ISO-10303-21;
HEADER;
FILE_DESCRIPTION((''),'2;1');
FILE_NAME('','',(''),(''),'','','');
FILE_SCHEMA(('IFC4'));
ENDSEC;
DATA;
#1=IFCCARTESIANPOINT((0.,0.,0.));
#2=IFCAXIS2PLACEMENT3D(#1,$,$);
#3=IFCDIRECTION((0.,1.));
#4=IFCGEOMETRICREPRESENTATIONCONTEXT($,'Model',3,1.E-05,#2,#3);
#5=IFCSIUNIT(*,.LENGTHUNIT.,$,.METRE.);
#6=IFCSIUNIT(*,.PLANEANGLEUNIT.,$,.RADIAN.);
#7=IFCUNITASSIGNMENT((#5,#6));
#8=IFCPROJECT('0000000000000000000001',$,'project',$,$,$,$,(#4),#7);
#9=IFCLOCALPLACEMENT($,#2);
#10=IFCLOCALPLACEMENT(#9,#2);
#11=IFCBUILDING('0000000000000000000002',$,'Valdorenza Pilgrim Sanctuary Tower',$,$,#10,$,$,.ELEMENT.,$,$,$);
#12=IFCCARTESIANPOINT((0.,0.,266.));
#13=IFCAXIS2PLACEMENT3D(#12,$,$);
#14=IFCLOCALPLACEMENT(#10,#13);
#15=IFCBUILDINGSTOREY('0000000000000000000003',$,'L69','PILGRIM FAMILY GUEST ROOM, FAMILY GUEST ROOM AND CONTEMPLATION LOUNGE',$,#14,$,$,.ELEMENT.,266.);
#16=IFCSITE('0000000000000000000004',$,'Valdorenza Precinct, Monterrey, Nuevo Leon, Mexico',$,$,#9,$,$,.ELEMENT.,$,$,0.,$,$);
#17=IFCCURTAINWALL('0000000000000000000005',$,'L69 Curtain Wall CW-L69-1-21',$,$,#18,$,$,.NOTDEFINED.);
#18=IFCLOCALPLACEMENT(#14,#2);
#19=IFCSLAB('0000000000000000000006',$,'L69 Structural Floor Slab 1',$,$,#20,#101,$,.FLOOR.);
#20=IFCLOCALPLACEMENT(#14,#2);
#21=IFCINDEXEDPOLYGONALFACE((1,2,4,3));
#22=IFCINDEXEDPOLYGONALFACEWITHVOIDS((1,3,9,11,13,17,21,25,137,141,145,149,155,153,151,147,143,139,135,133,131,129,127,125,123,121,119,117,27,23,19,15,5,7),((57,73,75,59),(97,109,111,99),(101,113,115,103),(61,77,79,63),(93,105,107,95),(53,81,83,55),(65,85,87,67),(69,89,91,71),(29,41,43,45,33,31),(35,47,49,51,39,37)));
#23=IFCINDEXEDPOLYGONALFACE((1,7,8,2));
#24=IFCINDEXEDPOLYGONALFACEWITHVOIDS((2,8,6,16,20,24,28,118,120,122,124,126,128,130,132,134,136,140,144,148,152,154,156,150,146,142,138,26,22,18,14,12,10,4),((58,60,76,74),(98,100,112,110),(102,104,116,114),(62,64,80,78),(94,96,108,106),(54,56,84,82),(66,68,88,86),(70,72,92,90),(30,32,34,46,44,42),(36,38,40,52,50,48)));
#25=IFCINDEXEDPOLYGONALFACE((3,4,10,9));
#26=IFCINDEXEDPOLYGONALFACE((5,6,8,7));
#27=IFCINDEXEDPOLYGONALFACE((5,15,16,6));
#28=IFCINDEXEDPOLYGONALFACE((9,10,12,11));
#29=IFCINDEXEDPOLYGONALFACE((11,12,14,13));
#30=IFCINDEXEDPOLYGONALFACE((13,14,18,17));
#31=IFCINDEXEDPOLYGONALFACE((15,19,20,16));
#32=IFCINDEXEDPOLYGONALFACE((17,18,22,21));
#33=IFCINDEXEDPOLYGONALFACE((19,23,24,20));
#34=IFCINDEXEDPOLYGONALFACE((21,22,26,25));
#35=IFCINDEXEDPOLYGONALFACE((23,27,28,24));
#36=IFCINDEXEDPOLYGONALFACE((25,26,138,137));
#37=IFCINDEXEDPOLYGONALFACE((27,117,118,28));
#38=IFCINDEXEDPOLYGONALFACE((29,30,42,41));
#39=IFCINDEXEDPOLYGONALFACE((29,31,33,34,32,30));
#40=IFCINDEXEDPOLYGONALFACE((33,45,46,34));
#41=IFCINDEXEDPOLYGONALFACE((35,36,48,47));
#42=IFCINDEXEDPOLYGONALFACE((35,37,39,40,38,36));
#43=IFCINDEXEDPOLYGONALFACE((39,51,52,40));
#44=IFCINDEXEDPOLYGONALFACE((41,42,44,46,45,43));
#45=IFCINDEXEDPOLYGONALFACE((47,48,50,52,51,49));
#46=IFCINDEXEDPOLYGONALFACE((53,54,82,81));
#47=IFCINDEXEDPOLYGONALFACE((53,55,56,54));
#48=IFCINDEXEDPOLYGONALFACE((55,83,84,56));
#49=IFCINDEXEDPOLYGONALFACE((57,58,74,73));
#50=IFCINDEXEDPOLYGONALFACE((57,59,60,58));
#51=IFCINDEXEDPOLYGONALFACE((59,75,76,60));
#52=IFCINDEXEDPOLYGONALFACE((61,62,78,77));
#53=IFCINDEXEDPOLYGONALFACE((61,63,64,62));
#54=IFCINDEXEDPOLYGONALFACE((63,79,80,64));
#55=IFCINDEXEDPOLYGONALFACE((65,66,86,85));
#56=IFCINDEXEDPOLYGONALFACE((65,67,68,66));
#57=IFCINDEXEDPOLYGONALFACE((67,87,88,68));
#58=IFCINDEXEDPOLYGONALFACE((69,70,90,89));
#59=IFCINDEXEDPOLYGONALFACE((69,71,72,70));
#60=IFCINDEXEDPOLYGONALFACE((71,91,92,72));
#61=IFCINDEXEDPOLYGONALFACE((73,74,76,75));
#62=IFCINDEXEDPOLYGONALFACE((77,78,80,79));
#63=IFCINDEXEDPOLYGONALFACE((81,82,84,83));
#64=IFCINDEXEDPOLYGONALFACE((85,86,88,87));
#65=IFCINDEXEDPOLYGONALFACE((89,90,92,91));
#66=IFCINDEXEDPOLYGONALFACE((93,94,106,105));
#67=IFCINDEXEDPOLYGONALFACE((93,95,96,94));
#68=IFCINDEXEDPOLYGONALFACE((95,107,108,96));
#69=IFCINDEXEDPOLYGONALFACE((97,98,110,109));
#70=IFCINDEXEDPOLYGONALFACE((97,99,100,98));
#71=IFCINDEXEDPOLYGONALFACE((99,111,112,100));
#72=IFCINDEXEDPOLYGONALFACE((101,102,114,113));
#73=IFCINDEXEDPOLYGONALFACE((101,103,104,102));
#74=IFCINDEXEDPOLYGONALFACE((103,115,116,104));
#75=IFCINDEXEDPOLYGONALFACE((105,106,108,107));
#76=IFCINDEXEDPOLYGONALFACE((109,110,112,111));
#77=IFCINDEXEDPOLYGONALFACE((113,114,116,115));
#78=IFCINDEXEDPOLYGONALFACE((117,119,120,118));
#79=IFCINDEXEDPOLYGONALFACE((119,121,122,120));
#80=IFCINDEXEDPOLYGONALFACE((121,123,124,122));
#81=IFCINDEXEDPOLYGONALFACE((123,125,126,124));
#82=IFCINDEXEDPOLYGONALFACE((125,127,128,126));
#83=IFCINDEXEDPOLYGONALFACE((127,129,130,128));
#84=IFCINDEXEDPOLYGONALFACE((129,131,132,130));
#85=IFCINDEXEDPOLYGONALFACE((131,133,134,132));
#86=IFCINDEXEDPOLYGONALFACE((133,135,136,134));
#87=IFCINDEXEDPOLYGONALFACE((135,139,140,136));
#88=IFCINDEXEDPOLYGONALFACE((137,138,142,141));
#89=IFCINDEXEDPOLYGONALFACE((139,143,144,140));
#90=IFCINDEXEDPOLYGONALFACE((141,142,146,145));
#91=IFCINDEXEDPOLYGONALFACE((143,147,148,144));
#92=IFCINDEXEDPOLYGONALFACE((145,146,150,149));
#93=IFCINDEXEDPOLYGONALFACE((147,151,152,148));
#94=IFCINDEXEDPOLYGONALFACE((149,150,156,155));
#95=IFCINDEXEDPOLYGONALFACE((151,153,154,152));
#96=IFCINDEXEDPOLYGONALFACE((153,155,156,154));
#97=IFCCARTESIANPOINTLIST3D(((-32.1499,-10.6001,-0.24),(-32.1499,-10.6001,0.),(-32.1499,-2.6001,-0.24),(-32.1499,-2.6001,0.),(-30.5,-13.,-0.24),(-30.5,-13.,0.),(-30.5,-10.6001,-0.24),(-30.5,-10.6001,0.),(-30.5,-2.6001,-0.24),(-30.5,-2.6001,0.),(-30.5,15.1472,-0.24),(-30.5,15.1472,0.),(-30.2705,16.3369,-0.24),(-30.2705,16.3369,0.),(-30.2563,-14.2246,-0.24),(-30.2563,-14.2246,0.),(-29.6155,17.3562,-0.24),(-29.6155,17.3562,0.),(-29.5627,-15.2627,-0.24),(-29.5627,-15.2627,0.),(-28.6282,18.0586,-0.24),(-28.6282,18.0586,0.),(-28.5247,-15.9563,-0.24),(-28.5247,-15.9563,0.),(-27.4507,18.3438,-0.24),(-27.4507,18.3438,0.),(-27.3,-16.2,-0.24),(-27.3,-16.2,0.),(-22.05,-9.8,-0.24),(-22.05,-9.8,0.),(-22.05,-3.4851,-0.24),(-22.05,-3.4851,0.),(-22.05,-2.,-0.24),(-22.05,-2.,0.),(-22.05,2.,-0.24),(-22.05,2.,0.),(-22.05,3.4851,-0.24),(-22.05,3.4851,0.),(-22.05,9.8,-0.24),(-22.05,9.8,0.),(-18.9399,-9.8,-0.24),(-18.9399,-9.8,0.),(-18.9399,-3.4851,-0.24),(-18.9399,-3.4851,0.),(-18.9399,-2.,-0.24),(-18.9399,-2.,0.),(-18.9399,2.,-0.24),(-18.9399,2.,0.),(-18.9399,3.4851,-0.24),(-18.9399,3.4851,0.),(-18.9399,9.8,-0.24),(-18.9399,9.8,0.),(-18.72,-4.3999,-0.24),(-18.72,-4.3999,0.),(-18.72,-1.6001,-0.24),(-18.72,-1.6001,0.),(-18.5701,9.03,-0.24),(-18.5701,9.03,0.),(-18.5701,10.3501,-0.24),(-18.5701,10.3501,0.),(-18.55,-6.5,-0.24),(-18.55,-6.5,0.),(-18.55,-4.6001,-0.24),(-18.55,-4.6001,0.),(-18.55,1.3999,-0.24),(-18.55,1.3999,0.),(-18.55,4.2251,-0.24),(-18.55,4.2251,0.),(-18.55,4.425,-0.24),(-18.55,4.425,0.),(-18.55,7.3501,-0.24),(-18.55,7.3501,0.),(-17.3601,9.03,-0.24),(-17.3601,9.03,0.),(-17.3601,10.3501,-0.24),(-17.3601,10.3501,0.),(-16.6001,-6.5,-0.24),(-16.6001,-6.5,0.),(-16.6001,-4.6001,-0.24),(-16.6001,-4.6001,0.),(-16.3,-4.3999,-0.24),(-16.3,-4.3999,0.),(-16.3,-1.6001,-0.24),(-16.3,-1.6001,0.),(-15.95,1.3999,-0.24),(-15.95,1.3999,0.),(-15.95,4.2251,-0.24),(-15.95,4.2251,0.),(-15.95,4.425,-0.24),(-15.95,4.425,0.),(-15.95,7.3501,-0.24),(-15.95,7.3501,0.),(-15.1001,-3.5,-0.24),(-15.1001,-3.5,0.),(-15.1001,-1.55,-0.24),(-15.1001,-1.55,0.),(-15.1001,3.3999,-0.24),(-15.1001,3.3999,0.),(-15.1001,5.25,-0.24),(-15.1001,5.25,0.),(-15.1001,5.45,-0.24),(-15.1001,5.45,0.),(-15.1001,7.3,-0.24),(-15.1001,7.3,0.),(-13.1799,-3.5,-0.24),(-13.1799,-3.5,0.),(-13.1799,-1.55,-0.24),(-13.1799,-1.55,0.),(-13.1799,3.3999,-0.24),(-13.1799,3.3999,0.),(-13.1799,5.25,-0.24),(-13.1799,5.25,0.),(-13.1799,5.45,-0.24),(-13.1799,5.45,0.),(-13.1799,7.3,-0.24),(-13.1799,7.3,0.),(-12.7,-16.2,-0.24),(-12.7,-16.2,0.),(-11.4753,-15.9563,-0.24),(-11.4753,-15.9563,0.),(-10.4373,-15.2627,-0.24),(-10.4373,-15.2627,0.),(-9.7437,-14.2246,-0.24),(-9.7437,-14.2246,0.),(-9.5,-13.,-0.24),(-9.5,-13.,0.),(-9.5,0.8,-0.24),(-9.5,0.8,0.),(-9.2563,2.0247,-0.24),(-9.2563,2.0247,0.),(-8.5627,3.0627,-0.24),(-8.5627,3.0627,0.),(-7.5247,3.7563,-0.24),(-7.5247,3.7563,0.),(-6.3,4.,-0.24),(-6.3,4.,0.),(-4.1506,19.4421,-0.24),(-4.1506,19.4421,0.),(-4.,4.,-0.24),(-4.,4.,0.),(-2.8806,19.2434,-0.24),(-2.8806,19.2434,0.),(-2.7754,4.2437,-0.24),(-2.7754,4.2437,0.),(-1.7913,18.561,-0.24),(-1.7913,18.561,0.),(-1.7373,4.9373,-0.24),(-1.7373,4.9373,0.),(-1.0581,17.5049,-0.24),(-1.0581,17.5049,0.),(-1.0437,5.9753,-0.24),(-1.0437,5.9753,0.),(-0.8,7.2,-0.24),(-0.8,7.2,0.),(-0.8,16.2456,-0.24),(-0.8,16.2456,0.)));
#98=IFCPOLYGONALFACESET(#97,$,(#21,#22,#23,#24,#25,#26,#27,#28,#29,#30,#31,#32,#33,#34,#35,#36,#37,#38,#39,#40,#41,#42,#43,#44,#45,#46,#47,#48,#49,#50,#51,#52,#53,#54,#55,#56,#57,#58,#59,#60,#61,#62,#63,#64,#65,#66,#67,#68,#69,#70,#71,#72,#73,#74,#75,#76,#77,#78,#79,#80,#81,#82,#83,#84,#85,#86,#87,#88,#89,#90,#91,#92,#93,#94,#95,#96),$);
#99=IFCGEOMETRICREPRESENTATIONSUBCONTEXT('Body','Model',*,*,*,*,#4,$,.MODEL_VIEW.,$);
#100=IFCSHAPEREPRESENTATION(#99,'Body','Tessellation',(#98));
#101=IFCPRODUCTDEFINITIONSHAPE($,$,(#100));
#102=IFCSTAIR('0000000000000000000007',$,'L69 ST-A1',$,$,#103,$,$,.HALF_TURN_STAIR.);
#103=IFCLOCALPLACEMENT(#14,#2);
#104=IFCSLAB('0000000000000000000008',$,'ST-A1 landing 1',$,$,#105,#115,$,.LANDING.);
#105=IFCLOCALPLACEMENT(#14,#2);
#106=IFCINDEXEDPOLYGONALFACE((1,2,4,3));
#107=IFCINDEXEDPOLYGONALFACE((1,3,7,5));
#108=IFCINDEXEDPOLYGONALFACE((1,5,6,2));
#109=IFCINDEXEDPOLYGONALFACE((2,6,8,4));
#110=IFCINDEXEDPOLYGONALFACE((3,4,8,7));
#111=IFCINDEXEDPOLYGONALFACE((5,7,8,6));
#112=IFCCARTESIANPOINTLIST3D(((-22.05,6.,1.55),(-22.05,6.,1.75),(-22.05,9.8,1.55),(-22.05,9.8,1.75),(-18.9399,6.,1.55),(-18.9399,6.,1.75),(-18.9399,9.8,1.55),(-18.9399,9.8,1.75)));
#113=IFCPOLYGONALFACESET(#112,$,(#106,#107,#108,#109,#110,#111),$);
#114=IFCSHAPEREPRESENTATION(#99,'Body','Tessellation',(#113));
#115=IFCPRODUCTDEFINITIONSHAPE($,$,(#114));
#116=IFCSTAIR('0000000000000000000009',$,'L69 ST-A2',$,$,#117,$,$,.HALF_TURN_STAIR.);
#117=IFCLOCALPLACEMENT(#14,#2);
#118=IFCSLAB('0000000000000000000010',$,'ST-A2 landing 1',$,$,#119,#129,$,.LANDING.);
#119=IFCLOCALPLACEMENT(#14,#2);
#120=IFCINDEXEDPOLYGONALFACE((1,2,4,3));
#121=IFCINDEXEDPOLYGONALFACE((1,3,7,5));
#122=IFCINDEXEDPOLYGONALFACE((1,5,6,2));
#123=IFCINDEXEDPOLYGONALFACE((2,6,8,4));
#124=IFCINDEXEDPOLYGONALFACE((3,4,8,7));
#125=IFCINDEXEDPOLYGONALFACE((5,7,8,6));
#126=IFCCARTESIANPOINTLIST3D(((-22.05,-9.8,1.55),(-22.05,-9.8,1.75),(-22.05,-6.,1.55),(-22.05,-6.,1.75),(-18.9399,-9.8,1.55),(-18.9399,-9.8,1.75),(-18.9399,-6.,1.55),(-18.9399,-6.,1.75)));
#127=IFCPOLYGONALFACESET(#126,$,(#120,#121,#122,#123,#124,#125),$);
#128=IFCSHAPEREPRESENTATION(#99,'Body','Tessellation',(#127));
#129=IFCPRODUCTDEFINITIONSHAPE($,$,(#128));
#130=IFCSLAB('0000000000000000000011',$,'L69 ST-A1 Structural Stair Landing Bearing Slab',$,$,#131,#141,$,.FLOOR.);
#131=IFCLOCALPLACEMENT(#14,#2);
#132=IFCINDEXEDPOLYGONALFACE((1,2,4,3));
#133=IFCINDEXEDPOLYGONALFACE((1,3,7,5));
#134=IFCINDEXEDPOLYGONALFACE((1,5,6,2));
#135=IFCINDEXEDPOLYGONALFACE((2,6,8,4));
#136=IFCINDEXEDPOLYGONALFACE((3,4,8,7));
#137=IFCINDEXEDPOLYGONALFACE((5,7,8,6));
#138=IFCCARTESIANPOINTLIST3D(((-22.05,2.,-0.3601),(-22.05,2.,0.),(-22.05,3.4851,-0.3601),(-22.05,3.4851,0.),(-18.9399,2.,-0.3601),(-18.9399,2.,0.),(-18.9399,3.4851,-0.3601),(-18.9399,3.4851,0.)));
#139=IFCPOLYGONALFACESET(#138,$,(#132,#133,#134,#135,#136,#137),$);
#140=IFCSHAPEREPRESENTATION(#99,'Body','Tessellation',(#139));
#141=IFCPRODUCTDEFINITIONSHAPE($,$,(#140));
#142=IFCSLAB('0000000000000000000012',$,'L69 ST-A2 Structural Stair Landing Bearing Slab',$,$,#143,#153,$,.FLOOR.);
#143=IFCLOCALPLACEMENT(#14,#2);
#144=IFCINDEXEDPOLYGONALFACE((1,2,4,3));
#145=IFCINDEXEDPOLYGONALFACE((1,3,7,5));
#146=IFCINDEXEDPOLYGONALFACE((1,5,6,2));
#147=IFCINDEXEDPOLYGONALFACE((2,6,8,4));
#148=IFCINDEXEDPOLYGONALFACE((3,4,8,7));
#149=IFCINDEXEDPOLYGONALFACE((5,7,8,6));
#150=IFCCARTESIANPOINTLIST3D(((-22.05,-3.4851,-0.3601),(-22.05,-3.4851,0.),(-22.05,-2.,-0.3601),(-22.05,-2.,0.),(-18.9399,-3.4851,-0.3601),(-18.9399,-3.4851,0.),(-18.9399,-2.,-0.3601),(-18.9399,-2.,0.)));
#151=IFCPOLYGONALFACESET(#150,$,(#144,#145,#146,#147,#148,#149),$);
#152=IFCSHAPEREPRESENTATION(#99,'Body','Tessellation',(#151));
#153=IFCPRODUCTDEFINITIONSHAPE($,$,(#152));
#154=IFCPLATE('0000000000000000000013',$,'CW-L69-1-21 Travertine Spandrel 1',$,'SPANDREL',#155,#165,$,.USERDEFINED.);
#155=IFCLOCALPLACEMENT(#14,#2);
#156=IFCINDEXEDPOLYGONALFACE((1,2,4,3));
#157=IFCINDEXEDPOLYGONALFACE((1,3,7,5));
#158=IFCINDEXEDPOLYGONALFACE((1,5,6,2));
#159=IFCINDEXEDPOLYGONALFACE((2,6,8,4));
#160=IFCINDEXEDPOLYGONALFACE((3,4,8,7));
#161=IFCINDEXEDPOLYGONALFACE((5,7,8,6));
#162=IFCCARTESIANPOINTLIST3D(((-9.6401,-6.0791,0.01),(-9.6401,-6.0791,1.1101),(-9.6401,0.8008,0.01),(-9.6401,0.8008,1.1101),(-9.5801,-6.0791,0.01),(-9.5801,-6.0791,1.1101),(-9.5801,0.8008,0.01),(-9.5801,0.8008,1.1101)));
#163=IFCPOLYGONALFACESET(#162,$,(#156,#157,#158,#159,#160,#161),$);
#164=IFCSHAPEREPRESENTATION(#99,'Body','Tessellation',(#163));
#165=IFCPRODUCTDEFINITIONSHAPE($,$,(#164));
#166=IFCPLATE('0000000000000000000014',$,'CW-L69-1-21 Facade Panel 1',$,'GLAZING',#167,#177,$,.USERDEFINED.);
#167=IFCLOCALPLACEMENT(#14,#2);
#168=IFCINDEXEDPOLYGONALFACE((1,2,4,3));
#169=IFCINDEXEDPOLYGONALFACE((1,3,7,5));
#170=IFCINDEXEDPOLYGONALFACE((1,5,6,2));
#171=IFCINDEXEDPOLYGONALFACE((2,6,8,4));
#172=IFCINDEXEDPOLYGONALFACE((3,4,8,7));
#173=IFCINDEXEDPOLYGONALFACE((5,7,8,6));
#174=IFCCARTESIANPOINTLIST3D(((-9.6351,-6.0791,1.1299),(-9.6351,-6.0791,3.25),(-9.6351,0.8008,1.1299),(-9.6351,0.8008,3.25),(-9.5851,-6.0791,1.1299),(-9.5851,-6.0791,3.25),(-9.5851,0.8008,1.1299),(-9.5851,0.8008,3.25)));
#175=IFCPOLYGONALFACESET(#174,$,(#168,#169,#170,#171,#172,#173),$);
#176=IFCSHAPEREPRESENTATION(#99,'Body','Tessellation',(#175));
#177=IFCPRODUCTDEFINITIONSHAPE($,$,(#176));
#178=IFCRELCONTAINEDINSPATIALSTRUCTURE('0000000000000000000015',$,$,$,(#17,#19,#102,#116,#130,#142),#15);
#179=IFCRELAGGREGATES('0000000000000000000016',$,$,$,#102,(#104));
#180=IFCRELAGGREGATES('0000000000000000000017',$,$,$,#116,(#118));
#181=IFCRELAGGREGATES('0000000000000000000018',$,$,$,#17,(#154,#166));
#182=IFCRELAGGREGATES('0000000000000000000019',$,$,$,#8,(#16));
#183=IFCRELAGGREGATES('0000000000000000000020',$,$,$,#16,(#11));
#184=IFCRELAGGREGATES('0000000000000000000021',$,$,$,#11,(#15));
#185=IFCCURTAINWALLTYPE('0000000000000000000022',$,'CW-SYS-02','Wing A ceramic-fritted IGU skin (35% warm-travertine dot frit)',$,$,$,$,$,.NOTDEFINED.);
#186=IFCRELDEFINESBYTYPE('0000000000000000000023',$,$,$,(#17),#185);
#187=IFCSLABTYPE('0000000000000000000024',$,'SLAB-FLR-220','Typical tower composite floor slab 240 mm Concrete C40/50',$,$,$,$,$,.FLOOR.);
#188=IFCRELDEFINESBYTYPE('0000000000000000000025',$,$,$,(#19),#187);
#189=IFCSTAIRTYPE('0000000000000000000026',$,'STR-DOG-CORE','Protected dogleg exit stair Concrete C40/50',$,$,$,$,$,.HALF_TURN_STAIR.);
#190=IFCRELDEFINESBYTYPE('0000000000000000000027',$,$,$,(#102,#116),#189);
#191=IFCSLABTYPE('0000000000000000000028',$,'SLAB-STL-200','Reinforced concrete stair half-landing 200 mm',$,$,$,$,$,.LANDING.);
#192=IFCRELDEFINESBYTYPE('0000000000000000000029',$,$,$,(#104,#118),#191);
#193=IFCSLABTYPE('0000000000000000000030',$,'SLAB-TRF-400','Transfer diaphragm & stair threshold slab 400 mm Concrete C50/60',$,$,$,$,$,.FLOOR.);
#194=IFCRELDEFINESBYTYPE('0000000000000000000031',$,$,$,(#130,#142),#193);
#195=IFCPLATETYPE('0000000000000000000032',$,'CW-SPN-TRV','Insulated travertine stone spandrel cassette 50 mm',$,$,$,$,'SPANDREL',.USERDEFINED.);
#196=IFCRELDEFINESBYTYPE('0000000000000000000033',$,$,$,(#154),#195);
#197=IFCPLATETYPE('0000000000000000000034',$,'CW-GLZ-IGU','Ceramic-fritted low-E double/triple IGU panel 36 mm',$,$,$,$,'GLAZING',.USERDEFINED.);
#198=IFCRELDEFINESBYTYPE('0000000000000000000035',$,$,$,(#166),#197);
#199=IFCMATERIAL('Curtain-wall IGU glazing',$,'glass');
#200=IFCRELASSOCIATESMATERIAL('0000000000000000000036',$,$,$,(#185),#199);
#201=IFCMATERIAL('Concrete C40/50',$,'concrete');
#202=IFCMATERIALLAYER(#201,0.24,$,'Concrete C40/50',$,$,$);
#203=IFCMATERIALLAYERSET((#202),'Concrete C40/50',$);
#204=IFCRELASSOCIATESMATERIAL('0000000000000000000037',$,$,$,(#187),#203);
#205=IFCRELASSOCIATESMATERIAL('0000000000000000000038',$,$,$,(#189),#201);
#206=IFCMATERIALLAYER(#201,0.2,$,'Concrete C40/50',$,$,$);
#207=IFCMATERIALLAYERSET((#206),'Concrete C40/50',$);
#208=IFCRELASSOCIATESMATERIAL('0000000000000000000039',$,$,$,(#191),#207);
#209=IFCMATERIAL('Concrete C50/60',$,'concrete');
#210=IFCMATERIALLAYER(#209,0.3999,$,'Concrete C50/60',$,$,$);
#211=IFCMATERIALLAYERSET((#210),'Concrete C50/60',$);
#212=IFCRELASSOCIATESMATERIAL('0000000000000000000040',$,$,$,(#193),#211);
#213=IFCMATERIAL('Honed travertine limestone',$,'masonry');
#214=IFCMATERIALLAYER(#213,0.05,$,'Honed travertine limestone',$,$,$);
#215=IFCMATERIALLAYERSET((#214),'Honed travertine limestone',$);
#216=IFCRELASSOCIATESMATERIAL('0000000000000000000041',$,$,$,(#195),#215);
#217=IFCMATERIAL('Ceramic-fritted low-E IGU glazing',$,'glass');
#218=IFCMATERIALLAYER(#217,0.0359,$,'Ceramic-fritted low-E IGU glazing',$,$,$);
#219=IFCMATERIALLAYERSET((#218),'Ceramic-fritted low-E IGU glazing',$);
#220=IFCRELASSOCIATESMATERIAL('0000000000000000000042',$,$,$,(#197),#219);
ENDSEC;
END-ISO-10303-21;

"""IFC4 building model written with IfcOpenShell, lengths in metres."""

from ifc_helpers import new_model, si_unit, direction, frame, origin, origin_2d, place, context, subcontext, project, spatial, polyline, rectangle, outline, extrude, source, transform, mapped, material, layer, layer_set, type_object, element, aggregate, save


model = new_model("IFC4")

# Units and contexts
model_context = context("Model", 3, precision=1e-05, world=origin(), true_north=direction((0.0, 1.0)))
body_context = subcontext(model_context, "Body", "Model", "MODEL_VIEW")
ifc_project = project(units=[si_unit("LENGTHUNIT", "METRE"), si_unit("PLANEANGLEUNIT", "RADIAN")], contexts=[model_context])

# Site, building, storey
site_placement = place(None, origin())
site = spatial("IfcSite", under=ifc_project, at=site_placement, Name="Valdorenza Precinct, Monterrey, Nuevo Leon, Mexico", CompositionType="ELEMENT", RefElevation=0.0)
building_placement = place(site_placement, origin())
building = spatial("IfcBuilding", under=site, at=building_placement, Name="Valdorenza Pilgrim Sanctuary Tower", CompositionType="ELEMENT")
storey_placement = place(building_placement, frame((0.0, 0.0, 266.0)))
storey = spatial("IfcBuildingStorey", under=building, at=storey_placement, Name="L69", Description="PILGRIM FAMILY GUEST ROOM, FAMILY GUEST ROOM AND CONTEMPLATION LOUNGE", CompositionType="ELEMENT", Elevation=266.0)

# Shared definitions
ifc_material_1 = material(Name="Concrete C50/60", Category="concrete")

# Curtain wall
ifc_material_2 = material(Name="Curtain-wall IGU glazing", Category="glass")
curtain_wall_type = type_object("IfcCurtainWallType", Name="CW-SYS-02", Description="Wing A ceramic-fritted IGU skin (35% warm-travertine dot frit)", PredefinedType="NOTDEFINED", material=ifc_material_2)
curtain_wall_placement = place(storey_placement, origin())
curtain_wall = element("IfcCurtainWall", 1, at=curtain_wall_placement, inside=storey, type_object=curtain_wall_type, Name="L69 Curtain Wall CW-L69-1-21", PredefinedType="NOTDEFINED")

# Slab
ifc_material_3 = material(Name="Concrete C40/50", Category="concrete")
ifc_layer_1 = layer(ifc_material_3, 0.24, Name="Concrete C40/50")
ifc_layer_set_1 = layer_set([ifc_layer_1], Name="Concrete C40/50")
slab_type_1 = type_object("IfcSlabType", Name="SLAB-FLR-220", Description="Typical tower composite floor slab 240 mm Concrete C40/50", PredefinedType="FLOOR", material=ifc_layer_set_1)
slab_1_placement = place(storey_placement, frame((0.0, 0.0, -0.24)))
element("IfcSlab", 2, at=slab_1_placement, inside=storey, type_object=slab_type_1, Name="L69 Structural Floor Slab 1", PredefinedType="FLOOR", context=body_context, shape_type="SweptSolid", body=[
    extrude(outline(polyline([(-32.1499, -2.6001), (-30.5, -2.6001), (-30.5, 15.1472), (-30.2705, 16.3369), (-29.6155, 17.3562), (-28.6282, 18.0586), (-27.4507, 18.3438), (-4.1506, 19.4421), (-2.8806, 19.2434), (-1.7913, 18.561), (-1.0581, 17.5049), (-0.8, 16.2456), (-0.8, 7.2), (-1.0437, 5.9753), (-1.7373, 4.9373), (-2.7754, 4.2437), (-4.0, 4.0), (-6.3, 4.0), (-7.5247, 3.7563), (-8.5627, 3.0627), (-9.2563, 2.0247), (-9.5, 0.8), (-9.5, -13.0), (-9.7437, -14.2246), (-10.4373, -15.2627), (-11.4753, -15.9563), (-12.7, -16.2), (-27.3, -16.2), (-28.5247, -15.9563), (-29.5627, -15.2627), (-30.2563, -14.2246), (-30.5, -13.0), (-30.5, -10.6001), (-32.1499, -10.6001), (-32.1499, -2.6001)]), holes=[polyline([(-22.05, -9.8), (-18.9399, -9.8), (-18.9399, -3.4851), (-18.9399, -2.0), (-22.05, -2.0), (-22.05, -3.4851), (-22.05, -9.8)]), polyline([(-16.6001, -6.5), (-16.6001, -4.6001), (-18.55, -4.6001), (-18.55, -6.5), (-16.6001, -6.5)]), polyline([(-22.05, 2.0), (-18.9399, 2.0), (-18.9399, 3.4851), (-18.9399, 9.8), (-22.05, 9.8), (-22.05, 3.4851), (-22.05, 2.0)]), polyline([(-17.3601, 9.03), (-17.3601, 10.3501), (-18.5701, 10.3501), (-18.5701, 9.03), (-17.3601, 9.03)]), polyline([(-16.3, -1.6001), (-18.72, -1.6001), (-18.72, -4.3999), (-16.3, -4.3999), (-16.3, -1.6001)]), polyline([(-13.1799, -3.5), (-13.1799, -1.55), (-15.1001, -1.55), (-15.1001, -3.5), (-13.1799, -3.5)]), polyline([(-15.95, 1.3999), (-15.95, 4.2251), (-18.55, 4.2251), (-18.55, 1.3999), (-15.95, 1.3999)]), polyline([(-13.1799, 5.25), (-15.1001, 5.25), (-15.1001, 3.3999), (-13.1799, 3.3999), (-13.1799, 5.25)]), polyline([(-15.95, 4.425), (-15.95, 7.3501), (-18.55, 7.3501), (-18.55, 4.425), (-15.95, 4.425)]), polyline([(-13.1799, 5.45), (-13.1799, 7.3), (-15.1001, 7.3), (-15.1001, 5.45), (-13.1799, 5.45)])]), origin(), (0.0, 0.0, 1.0), 0.24),
])

# Stairs, slabs
stair_type = type_object("IfcStairType", Name="STR-DOG-CORE", Description="Protected dogleg exit stair Concrete C40/50", PredefinedType="HALF_TURN_STAIR", material=ifc_material_3)
stair_1_placement = place(storey_placement, origin())
stair_1 = element("IfcStair", 3, at=stair_1_placement, inside=storey, type_object=stair_type, Name="L69 ST-A1", PredefinedType="HALF_TURN_STAIR")
ifc_layer_2 = layer(ifc_material_3, 0.2, Name="Concrete C40/50")
ifc_layer_set_2 = layer_set([ifc_layer_2], Name="Concrete C40/50")
slab_type_2 = type_object("IfcSlabType", Name="SLAB-STL-200", Description="Reinforced concrete stair half-landing 200 mm", PredefinedType="LANDING", material=ifc_layer_set_2)
slab_2_placement = place(storey_placement, frame((0.0, 0.0, 1.55)))
slab_2 = element("IfcSlab", 4, at=slab_2_placement, type_object=slab_type_2, Name="ST-A1 landing 1", PredefinedType="LANDING", context=body_context, shape_type="SweptSolid", body=[
    extrude(outline(polyline([(-18.9399, 6.0), (-18.9399, 9.8), (-22.05, 9.8), (-22.05, 6.0), (-18.9399, 6.0)])), origin(), (0.0, 0.0, 1.0), 0.2),
])
aggregate(stair_1, [slab_2])
stair_2_placement = place(storey_placement, origin())
stair_2 = element("IfcStair", 5, at=stair_2_placement, inside=storey, type_object=stair_type, Name="L69 ST-A2", PredefinedType="HALF_TURN_STAIR")
slab_3_placement = place(storey_placement, frame((0.0, 0.0, 1.55)))
slab_3 = element("IfcSlab", 6, at=slab_3_placement, type_object=slab_type_2, Name="ST-A2 landing 1", PredefinedType="LANDING", context=body_context, shape_type="SweptSolid", body=[
    extrude(outline(polyline([(-22.05, -6.0), (-22.05, -9.8), (-18.9399, -9.8), (-18.9399, -6.0), (-22.05, -6.0)])), origin(), (0.0, 0.0, 1.0), 0.2),
])
aggregate(stair_2, [slab_3])

# Slabs
ifc_layer_3 = layer(ifc_material_1, 0.3999, Name="Concrete C50/60")
ifc_layer_set_3 = layer_set([ifc_layer_3], Name="Concrete C50/60")
slab_type_3 = type_object("IfcSlabType", Name="SLAB-TRF-400", Description="Transfer diaphragm & stair threshold slab 400 mm Concrete C50/60", PredefinedType="FLOOR", material=ifc_layer_set_3)
slab_4_placement = place(storey_placement, frame((0.0, 0.0, -0.3601)))
element("IfcSlab", 7, at=slab_4_placement, inside=storey, type_object=slab_type_3, Name="L69 ST-A1 Structural Stair Landing Bearing Slab", PredefinedType="FLOOR", context=body_context, shape_type="SweptSolid", body=[
    extrude(outline(polyline([(-22.05, 2.0), (-18.9399, 2.0), (-18.9399, 3.4851), (-22.05, 3.4851), (-22.05, 2.0)])), origin(), (0.0, 0.0, 1.0), 0.3601),
])
slab_5_placement = place(storey_placement, frame((0.0, 0.0, -0.3601)))
element("IfcSlab", 8, at=slab_5_placement, inside=storey, type_object=slab_type_3, Name="L69 ST-A2 Structural Stair Landing Bearing Slab", PredefinedType="FLOOR", context=body_context, shape_type="SweptSolid", body=[
    extrude(outline(polyline([(-22.05, -3.4851), (-18.9399, -3.4851), (-18.9399, -2.0), (-22.05, -2.0), (-22.05, -3.4851)])), origin(), (0.0, 0.0, 1.0), 0.3601),
])

# Plates
ifc_material_4 = material(Name="Honed travertine limestone", Category="masonry")
ifc_layer_4 = layer(ifc_material_4, 0.05, Name="Honed travertine limestone")
ifc_layer_set_4 = layer_set([ifc_layer_4], Name="Honed travertine limestone")
plate_type_1 = type_object("IfcPlateType", Name="CW-SPN-TRV", Description="Insulated travertine stone spandrel cassette 50 mm", ElementType="SPANDREL", PredefinedType="USERDEFINED", material=ifc_layer_set_4)
shared_shape_1 = source(origin(), body_context, "Body", "SweptSolid", [
    extrude(rectangle(XDim=6.8799, YDim=0.0601, at=origin_2d()), origin(), (0.0, 0.0, 1.0), 1.1001),
])
plate_1_placement = place(storey_placement, frame((-9.6101, -2.6392, 0.01), z_axis=(0.0, 0.0, 1.0), x_axis=(0.0, -1.0, 0.0)))
plate_1 = element("IfcPlate", 9, at=plate_1_placement, type_object=plate_type_1, Name="CW-L69-1-21 Travertine Spandrel 1", ObjectType="SPANDREL", PredefinedType="USERDEFINED", context=body_context, shape_type="MappedRepresentation", body=[
    mapped(shared_shape_1, transform((0.0, 0.0, 0.0), x_axis=(1.0, 0.0, 0.0), y_axis=(0.0, 1.0, 0.0), z_axis=(0.0, 0.0, 1.0), scale=1.0)),
])
ifc_material_5 = material(Name="Ceramic-fritted low-E IGU glazing", Category="glass")
ifc_layer_5 = layer(ifc_material_5, 0.0359, Name="Ceramic-fritted low-E IGU glazing")
ifc_layer_set_5 = layer_set([ifc_layer_5], Name="Ceramic-fritted low-E IGU glazing")
plate_type_2 = type_object("IfcPlateType", Name="CW-GLZ-IGU", Description="Ceramic-fritted low-E double/triple IGU panel 36 mm", ElementType="GLAZING", PredefinedType="USERDEFINED", material=ifc_layer_set_5)
shared_shape_2 = source(origin(), body_context, "Body", "SweptSolid", [
    extrude(rectangle(XDim=6.8799, YDim=0.05, at=origin_2d()), origin(), (0.0, 0.0, 1.0), 2.1201),
])
plate_2_placement = place(storey_placement, frame((-9.6101, -2.6392, 1.1299), z_axis=(0.0, 0.0, 1.0), x_axis=(0.0, -1.0, 0.0)))
plate_2 = element("IfcPlate", 10, at=plate_2_placement, type_object=plate_type_2, Name="CW-L69-1-21 Facade Panel 1", ObjectType="GLAZING", PredefinedType="USERDEFINED", context=body_context, shape_type="MappedRepresentation", body=[
    mapped(shared_shape_2, transform((0.0, 0.0, 0.0), x_axis=(1.0, 0.0, 0.0), y_axis=(0.0, 1.0, 0.0), z_axis=(0.0, 0.0, 1.0), scale=1.0)),
])
aggregate(curtain_wall, [plate_1, plate_2])

save(model, "model.ifc")
